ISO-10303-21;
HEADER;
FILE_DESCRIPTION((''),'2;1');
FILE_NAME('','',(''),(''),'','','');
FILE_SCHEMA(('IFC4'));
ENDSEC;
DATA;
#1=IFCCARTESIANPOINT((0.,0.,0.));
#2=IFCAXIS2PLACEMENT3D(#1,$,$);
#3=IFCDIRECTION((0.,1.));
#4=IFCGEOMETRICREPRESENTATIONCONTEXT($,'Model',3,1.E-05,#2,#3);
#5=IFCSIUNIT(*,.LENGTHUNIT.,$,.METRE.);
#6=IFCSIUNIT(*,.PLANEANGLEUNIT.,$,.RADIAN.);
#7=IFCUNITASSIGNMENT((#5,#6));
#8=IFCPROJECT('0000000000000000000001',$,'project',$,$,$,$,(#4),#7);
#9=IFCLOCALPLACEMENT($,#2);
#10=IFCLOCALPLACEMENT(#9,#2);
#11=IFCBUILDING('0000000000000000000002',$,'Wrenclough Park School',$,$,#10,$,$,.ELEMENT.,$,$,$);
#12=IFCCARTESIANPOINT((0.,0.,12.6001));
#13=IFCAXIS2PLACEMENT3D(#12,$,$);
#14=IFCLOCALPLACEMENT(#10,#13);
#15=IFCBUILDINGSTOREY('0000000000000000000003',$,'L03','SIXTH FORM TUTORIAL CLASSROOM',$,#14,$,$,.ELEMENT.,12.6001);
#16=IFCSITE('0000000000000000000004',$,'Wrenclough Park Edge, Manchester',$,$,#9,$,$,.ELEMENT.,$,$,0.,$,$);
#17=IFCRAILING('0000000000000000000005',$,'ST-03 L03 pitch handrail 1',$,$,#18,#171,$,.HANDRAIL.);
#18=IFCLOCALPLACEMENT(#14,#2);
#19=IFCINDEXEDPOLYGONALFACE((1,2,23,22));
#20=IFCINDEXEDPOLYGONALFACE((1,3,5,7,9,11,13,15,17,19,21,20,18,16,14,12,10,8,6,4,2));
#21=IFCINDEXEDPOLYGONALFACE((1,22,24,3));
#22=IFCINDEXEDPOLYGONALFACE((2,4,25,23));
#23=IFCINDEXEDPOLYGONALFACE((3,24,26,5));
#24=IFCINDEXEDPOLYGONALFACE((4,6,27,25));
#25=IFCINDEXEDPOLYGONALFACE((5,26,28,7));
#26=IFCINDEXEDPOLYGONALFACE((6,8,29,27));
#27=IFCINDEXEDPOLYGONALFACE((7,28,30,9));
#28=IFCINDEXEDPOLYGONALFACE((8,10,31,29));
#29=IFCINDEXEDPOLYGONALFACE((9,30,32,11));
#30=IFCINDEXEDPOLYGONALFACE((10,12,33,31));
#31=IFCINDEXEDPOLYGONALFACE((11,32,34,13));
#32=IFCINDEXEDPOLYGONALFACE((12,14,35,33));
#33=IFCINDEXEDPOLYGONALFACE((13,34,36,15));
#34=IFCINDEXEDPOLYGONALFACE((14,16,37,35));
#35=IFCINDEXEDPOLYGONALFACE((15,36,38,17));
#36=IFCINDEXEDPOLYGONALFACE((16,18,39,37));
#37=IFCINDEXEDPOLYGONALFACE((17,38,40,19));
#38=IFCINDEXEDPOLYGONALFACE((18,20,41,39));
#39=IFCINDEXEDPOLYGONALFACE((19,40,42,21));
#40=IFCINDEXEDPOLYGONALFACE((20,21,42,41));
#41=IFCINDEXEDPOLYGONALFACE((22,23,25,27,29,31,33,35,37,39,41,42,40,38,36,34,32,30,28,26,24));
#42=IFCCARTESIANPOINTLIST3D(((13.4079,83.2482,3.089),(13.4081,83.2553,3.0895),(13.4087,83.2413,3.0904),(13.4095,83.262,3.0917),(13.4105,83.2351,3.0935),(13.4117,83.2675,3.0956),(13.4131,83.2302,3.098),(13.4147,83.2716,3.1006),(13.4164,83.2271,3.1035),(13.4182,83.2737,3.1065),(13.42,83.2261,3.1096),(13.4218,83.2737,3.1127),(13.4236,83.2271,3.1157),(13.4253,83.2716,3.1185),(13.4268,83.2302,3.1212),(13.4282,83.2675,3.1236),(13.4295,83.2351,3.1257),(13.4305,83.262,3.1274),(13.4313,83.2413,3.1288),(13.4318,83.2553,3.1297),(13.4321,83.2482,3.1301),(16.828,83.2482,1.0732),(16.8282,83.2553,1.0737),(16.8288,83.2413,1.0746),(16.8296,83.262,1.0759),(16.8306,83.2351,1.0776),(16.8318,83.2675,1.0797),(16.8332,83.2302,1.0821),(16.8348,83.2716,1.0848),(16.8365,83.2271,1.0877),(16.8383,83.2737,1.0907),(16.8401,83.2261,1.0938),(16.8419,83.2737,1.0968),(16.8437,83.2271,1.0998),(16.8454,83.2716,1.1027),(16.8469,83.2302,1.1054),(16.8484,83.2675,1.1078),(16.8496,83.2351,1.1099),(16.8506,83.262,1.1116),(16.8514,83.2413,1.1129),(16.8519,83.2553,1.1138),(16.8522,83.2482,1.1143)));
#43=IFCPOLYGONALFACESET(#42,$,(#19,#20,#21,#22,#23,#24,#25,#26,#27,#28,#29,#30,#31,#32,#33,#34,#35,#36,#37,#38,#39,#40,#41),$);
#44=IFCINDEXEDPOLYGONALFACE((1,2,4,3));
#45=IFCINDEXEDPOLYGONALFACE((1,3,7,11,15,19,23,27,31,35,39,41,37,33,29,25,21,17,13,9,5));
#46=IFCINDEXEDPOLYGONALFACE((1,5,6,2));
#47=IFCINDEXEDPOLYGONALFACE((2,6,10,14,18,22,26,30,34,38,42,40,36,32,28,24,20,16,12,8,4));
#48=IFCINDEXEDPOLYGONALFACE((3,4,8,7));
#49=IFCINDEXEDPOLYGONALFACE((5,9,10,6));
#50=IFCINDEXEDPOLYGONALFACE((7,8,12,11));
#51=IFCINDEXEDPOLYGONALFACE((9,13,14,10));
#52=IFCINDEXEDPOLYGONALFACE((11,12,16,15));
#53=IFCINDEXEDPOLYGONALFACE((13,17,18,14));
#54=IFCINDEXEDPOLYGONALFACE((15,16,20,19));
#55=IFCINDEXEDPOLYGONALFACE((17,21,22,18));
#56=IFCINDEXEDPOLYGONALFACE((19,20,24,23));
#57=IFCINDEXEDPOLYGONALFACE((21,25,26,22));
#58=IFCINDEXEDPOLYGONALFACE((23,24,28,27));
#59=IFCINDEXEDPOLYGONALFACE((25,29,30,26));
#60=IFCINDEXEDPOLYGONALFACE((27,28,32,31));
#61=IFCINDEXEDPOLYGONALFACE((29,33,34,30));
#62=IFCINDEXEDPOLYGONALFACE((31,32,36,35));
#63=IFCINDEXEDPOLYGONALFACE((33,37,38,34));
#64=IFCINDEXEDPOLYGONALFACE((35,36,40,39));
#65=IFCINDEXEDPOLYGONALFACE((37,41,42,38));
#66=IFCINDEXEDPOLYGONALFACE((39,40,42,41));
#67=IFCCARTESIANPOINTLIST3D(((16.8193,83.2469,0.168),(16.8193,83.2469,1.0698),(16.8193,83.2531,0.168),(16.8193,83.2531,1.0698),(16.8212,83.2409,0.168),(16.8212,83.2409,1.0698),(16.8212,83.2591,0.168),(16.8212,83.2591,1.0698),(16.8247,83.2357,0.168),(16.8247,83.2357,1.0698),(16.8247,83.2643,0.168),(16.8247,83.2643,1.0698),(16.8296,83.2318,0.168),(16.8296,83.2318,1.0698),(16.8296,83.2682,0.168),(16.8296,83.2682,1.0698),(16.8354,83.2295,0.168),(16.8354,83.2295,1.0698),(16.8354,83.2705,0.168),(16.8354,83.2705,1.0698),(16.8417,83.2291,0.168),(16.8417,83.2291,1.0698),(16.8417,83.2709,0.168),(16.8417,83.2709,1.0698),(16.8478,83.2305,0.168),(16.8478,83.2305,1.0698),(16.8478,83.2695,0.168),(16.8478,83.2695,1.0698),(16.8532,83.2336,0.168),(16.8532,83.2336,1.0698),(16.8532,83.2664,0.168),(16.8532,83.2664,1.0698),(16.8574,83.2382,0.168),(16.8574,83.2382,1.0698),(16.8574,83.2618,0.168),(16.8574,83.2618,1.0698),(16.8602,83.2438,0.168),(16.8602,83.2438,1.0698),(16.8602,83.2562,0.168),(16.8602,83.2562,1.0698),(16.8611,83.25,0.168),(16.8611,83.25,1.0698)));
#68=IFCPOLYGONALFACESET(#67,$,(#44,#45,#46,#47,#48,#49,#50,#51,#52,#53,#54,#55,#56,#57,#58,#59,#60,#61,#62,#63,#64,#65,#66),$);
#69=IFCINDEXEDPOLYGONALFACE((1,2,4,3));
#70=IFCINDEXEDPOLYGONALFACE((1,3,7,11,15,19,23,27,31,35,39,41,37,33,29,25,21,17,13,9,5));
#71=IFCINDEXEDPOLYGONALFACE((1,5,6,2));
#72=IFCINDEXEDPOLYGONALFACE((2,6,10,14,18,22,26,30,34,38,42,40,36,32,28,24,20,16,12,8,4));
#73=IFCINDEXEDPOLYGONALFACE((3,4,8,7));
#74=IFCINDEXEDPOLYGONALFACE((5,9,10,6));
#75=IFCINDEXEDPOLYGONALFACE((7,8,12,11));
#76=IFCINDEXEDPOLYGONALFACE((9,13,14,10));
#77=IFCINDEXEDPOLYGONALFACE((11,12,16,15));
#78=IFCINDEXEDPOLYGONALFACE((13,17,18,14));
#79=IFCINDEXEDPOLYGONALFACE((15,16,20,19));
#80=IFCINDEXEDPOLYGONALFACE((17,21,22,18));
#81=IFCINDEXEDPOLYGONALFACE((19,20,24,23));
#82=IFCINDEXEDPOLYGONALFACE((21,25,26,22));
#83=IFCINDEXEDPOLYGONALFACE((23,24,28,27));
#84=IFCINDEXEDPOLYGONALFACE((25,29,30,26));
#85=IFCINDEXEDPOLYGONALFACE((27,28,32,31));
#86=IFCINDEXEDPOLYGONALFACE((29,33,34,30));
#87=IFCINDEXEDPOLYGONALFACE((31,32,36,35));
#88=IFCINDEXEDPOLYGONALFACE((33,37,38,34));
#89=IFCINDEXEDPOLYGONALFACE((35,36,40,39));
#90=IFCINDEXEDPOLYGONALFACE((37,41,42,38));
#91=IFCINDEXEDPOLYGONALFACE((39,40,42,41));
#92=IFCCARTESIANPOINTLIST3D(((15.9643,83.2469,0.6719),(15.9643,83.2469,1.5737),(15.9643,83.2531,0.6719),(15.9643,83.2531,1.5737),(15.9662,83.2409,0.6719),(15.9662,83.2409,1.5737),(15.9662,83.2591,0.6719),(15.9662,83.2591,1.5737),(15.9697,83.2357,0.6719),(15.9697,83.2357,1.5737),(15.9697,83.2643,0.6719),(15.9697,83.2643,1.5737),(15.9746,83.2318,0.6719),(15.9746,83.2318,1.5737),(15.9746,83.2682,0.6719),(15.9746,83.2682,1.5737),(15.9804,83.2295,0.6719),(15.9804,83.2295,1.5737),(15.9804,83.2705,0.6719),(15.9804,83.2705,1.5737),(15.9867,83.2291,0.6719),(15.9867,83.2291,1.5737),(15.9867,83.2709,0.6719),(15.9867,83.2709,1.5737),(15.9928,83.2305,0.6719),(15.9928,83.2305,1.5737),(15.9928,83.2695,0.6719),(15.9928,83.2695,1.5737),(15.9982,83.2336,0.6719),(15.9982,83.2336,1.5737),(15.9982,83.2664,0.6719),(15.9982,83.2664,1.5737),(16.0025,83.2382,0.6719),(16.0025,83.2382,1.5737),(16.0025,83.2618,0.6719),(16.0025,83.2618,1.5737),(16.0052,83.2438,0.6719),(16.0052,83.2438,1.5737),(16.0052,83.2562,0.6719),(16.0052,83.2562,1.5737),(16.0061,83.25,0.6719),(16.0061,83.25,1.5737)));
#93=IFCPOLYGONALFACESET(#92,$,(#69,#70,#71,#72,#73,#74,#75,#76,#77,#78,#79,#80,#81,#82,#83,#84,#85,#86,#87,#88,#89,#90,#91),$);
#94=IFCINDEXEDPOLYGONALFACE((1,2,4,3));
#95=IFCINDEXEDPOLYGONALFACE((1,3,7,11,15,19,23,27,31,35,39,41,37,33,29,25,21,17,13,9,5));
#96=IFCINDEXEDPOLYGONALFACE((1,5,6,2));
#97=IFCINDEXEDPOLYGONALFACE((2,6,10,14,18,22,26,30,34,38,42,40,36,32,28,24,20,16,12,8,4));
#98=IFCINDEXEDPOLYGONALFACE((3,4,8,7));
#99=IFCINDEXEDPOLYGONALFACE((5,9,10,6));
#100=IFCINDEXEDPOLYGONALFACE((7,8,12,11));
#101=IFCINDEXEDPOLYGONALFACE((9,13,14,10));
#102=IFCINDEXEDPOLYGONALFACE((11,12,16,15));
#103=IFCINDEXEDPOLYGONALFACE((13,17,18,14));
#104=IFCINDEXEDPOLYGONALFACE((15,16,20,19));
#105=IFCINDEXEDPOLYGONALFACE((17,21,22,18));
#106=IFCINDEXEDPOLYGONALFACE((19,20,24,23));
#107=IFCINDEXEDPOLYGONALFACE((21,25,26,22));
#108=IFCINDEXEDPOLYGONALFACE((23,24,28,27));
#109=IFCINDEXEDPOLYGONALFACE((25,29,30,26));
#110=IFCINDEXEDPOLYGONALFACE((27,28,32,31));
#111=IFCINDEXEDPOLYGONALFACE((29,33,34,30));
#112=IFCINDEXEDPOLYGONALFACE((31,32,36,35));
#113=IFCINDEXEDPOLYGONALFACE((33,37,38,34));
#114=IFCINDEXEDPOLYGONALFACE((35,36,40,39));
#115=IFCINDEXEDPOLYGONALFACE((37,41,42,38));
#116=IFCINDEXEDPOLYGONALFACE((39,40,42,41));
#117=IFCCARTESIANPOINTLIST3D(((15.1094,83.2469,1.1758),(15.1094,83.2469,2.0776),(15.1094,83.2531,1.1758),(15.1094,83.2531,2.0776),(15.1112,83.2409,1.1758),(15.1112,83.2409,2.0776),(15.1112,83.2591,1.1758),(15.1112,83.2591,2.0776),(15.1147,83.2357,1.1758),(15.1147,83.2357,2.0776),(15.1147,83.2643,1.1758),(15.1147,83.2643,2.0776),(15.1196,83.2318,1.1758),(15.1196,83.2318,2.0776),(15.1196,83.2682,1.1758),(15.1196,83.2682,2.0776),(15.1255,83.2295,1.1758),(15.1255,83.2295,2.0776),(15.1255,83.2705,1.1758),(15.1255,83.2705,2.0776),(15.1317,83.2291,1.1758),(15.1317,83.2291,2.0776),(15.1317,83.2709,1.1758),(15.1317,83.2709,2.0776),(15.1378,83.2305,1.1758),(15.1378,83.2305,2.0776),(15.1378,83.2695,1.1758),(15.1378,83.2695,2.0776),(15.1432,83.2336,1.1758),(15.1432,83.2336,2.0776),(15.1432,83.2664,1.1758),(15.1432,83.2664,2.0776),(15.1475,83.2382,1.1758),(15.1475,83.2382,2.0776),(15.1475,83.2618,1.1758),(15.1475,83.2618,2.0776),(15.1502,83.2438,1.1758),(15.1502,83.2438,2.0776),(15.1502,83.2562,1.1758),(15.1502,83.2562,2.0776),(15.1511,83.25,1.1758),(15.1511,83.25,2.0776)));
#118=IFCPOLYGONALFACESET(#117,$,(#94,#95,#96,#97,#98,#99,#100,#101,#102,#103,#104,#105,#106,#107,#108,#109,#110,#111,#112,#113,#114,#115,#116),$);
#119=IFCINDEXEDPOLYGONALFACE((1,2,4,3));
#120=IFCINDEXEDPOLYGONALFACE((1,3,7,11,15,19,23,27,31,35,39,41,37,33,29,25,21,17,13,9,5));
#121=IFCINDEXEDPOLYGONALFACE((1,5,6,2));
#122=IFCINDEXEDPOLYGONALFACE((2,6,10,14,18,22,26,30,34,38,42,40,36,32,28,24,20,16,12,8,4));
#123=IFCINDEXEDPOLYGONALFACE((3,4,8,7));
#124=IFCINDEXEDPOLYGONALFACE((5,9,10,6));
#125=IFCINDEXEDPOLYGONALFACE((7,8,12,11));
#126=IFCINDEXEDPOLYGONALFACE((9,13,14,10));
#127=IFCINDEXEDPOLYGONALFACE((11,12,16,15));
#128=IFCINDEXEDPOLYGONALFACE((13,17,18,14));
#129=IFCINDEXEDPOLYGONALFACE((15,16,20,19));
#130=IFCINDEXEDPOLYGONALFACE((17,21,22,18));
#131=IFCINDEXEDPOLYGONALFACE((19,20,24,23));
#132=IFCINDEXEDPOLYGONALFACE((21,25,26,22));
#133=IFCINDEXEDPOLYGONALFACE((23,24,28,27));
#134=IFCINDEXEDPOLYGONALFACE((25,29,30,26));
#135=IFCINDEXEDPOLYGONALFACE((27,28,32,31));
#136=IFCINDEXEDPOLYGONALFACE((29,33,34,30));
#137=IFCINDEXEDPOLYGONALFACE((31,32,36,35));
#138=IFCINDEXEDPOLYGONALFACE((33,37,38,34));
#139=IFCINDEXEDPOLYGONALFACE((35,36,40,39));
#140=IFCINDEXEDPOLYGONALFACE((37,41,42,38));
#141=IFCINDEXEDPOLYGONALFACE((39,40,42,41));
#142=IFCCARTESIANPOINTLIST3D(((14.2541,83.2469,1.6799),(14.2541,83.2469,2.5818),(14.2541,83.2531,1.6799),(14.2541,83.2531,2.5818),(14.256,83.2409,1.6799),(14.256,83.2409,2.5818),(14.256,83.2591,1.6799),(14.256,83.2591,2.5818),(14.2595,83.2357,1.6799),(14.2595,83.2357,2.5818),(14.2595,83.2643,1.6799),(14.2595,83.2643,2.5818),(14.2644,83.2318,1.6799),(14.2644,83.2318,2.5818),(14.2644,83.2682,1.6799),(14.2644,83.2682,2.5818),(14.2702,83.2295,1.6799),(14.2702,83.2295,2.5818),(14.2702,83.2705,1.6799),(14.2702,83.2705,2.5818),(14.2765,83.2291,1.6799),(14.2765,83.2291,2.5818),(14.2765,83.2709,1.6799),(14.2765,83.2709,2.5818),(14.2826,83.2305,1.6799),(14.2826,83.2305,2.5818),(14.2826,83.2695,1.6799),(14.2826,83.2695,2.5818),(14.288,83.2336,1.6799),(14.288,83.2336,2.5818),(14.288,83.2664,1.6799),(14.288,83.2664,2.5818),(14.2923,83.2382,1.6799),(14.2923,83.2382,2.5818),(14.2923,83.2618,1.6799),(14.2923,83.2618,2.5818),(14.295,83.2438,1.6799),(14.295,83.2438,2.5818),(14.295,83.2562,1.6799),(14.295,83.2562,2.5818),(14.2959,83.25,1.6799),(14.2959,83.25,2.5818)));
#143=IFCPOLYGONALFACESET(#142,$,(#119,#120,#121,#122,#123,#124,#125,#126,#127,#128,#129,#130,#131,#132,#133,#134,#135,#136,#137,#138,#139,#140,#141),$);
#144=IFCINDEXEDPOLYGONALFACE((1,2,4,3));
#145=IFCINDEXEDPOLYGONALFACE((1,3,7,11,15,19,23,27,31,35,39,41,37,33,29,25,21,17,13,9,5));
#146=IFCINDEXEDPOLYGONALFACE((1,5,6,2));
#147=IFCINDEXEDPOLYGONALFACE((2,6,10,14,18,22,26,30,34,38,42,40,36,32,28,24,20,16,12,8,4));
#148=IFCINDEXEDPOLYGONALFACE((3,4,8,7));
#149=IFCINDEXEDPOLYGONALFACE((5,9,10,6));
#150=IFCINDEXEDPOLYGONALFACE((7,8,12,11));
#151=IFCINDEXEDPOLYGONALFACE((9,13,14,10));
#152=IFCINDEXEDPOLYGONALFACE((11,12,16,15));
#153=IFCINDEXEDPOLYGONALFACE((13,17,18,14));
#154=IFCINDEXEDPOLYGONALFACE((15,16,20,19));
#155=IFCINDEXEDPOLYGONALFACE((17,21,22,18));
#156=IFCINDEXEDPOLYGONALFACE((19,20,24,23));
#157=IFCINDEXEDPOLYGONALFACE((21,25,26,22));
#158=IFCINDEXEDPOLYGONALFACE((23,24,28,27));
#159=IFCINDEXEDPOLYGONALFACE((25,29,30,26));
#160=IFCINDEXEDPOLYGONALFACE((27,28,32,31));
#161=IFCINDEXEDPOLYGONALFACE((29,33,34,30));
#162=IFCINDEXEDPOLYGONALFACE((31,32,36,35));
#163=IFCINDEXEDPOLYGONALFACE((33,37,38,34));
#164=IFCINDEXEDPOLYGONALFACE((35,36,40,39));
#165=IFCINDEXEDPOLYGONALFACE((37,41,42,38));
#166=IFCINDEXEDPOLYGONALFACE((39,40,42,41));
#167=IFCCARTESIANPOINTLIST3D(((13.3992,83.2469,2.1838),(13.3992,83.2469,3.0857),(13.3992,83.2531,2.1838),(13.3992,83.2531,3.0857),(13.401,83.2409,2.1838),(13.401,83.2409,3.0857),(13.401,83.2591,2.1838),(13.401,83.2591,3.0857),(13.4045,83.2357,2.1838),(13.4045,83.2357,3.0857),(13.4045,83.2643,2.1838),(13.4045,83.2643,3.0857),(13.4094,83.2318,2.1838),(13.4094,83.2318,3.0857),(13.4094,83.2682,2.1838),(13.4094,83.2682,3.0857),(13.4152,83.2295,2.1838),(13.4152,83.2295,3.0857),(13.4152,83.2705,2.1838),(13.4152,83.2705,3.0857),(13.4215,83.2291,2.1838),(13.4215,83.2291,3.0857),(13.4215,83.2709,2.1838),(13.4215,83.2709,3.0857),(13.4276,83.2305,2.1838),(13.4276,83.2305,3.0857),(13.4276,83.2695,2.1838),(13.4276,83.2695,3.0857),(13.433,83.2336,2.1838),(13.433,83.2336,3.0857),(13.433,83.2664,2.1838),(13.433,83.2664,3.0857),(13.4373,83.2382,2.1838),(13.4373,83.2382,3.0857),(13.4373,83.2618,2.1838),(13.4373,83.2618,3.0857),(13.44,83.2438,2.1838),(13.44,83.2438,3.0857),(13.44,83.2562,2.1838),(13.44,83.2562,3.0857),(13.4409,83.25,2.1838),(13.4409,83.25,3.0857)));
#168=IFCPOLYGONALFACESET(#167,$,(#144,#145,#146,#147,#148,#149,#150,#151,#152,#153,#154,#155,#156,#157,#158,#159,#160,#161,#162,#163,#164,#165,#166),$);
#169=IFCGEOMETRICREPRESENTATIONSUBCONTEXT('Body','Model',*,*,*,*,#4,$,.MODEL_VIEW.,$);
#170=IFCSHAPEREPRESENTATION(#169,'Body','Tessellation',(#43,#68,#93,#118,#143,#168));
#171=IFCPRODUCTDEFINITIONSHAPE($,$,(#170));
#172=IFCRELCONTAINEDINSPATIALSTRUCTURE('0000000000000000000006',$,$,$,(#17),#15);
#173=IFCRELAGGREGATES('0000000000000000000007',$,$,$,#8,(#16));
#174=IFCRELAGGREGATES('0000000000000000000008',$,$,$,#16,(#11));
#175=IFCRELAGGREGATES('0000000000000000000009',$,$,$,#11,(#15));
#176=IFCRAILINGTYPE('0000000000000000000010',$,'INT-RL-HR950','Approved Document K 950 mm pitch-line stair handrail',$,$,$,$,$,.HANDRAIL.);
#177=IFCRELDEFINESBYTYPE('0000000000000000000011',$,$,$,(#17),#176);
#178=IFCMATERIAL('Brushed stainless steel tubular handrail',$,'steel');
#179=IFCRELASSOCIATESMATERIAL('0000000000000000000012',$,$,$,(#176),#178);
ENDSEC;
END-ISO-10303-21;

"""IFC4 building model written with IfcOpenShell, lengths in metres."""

from ifc_helpers import new_model, si_unit, direction, frame, origin, origin_2d, place, context, subcontext, project, spatial, circle, extrude, material, type_object, element, save


model = new_model("IFC4")

# Units and contexts
model_context = context("Model", 3, precision=1e-05, world=origin(), true_north=direction((0.0, 1.0)))
body_context = subcontext(model_context, "Body", "Model", "MODEL_VIEW")
ifc_project = project(units=[si_unit("LENGTHUNIT", "METRE"), si_unit("PLANEANGLEUNIT", "RADIAN")], contexts=[model_context])

# Site, building, storey
site_placement = place(None, origin())
site = spatial("IfcSite", under=ifc_project, at=site_placement, Name="Wrenclough Park Edge, Manchester", CompositionType="ELEMENT", RefElevation=0.0)
building_placement = place(site_placement, origin())
building = spatial("IfcBuilding", under=site, at=building_placement, Name="Wrenclough Park School", CompositionType="ELEMENT")
storey_placement = place(building_placement, frame((0.0, 0.0, 12.6001)))
storey = spatial("IfcBuildingStorey", under=building, at=storey_placement, Name="L03", Description="SIXTH FORM TUTORIAL CLASSROOM", CompositionType="ELEMENT", Elevation=12.6001)

# Railing
ifc_material_1 = material(Name="Brushed stainless steel tubular handrail", Category="steel")
railing_type_1 = type_object("IfcRailingType", Name="INT-RL-HR950", Description="Approved Document K 950 mm pitch-line stair handrail", PredefinedType="HANDRAIL", material=ifc_material_1)
railing_1_placement = place(storey_placement, frame((16.8401, 83.25, 0.168)))
element("IfcRailing", 1, at=railing_1_placement, inside=storey, type_object=railing_type_1, Name="ST-03 L03 pitch handrail 1", PredefinedType="HANDRAIL", context=body_context, shape_type="SweptSolid", body=[
    extrude(circle(Radius=0.0239, at=origin_2d()), frame((0.0, 0.0, 0.9258), z_axis=(-0.861493, 0.0, 0.50777), x_axis=(0.0, -1.0, 0.0)), (0.0, 0.0, 1.0), 3.97),
    extrude(circle(Radius=0.021, at=origin_2d()), origin(), (0.0, 0.0, 1.0), 0.9019),
    extrude(circle(Radius=0.021, at=origin_2d()), frame((-0.855, 0.0, 0.5039)), (0.0, 0.0, 1.0), 0.9019),
    extrude(circle(Radius=0.021, at=origin_2d()), frame((-1.71, 0.0, 1.0078)), (0.0, 0.0, 1.0), 0.9019),
    extrude(circle(Radius=0.021, at=origin_2d()), frame((-2.5652, 0.0, 1.512)), (0.0, 0.0, 1.0), 0.9019),
    extrude(circle(Radius=0.021, at=origin_2d()), frame((-3.4202, 0.0, 2.0159)), (0.0, 0.0, 1.0), 0.9019),
])

save(model, "model.ifc")
